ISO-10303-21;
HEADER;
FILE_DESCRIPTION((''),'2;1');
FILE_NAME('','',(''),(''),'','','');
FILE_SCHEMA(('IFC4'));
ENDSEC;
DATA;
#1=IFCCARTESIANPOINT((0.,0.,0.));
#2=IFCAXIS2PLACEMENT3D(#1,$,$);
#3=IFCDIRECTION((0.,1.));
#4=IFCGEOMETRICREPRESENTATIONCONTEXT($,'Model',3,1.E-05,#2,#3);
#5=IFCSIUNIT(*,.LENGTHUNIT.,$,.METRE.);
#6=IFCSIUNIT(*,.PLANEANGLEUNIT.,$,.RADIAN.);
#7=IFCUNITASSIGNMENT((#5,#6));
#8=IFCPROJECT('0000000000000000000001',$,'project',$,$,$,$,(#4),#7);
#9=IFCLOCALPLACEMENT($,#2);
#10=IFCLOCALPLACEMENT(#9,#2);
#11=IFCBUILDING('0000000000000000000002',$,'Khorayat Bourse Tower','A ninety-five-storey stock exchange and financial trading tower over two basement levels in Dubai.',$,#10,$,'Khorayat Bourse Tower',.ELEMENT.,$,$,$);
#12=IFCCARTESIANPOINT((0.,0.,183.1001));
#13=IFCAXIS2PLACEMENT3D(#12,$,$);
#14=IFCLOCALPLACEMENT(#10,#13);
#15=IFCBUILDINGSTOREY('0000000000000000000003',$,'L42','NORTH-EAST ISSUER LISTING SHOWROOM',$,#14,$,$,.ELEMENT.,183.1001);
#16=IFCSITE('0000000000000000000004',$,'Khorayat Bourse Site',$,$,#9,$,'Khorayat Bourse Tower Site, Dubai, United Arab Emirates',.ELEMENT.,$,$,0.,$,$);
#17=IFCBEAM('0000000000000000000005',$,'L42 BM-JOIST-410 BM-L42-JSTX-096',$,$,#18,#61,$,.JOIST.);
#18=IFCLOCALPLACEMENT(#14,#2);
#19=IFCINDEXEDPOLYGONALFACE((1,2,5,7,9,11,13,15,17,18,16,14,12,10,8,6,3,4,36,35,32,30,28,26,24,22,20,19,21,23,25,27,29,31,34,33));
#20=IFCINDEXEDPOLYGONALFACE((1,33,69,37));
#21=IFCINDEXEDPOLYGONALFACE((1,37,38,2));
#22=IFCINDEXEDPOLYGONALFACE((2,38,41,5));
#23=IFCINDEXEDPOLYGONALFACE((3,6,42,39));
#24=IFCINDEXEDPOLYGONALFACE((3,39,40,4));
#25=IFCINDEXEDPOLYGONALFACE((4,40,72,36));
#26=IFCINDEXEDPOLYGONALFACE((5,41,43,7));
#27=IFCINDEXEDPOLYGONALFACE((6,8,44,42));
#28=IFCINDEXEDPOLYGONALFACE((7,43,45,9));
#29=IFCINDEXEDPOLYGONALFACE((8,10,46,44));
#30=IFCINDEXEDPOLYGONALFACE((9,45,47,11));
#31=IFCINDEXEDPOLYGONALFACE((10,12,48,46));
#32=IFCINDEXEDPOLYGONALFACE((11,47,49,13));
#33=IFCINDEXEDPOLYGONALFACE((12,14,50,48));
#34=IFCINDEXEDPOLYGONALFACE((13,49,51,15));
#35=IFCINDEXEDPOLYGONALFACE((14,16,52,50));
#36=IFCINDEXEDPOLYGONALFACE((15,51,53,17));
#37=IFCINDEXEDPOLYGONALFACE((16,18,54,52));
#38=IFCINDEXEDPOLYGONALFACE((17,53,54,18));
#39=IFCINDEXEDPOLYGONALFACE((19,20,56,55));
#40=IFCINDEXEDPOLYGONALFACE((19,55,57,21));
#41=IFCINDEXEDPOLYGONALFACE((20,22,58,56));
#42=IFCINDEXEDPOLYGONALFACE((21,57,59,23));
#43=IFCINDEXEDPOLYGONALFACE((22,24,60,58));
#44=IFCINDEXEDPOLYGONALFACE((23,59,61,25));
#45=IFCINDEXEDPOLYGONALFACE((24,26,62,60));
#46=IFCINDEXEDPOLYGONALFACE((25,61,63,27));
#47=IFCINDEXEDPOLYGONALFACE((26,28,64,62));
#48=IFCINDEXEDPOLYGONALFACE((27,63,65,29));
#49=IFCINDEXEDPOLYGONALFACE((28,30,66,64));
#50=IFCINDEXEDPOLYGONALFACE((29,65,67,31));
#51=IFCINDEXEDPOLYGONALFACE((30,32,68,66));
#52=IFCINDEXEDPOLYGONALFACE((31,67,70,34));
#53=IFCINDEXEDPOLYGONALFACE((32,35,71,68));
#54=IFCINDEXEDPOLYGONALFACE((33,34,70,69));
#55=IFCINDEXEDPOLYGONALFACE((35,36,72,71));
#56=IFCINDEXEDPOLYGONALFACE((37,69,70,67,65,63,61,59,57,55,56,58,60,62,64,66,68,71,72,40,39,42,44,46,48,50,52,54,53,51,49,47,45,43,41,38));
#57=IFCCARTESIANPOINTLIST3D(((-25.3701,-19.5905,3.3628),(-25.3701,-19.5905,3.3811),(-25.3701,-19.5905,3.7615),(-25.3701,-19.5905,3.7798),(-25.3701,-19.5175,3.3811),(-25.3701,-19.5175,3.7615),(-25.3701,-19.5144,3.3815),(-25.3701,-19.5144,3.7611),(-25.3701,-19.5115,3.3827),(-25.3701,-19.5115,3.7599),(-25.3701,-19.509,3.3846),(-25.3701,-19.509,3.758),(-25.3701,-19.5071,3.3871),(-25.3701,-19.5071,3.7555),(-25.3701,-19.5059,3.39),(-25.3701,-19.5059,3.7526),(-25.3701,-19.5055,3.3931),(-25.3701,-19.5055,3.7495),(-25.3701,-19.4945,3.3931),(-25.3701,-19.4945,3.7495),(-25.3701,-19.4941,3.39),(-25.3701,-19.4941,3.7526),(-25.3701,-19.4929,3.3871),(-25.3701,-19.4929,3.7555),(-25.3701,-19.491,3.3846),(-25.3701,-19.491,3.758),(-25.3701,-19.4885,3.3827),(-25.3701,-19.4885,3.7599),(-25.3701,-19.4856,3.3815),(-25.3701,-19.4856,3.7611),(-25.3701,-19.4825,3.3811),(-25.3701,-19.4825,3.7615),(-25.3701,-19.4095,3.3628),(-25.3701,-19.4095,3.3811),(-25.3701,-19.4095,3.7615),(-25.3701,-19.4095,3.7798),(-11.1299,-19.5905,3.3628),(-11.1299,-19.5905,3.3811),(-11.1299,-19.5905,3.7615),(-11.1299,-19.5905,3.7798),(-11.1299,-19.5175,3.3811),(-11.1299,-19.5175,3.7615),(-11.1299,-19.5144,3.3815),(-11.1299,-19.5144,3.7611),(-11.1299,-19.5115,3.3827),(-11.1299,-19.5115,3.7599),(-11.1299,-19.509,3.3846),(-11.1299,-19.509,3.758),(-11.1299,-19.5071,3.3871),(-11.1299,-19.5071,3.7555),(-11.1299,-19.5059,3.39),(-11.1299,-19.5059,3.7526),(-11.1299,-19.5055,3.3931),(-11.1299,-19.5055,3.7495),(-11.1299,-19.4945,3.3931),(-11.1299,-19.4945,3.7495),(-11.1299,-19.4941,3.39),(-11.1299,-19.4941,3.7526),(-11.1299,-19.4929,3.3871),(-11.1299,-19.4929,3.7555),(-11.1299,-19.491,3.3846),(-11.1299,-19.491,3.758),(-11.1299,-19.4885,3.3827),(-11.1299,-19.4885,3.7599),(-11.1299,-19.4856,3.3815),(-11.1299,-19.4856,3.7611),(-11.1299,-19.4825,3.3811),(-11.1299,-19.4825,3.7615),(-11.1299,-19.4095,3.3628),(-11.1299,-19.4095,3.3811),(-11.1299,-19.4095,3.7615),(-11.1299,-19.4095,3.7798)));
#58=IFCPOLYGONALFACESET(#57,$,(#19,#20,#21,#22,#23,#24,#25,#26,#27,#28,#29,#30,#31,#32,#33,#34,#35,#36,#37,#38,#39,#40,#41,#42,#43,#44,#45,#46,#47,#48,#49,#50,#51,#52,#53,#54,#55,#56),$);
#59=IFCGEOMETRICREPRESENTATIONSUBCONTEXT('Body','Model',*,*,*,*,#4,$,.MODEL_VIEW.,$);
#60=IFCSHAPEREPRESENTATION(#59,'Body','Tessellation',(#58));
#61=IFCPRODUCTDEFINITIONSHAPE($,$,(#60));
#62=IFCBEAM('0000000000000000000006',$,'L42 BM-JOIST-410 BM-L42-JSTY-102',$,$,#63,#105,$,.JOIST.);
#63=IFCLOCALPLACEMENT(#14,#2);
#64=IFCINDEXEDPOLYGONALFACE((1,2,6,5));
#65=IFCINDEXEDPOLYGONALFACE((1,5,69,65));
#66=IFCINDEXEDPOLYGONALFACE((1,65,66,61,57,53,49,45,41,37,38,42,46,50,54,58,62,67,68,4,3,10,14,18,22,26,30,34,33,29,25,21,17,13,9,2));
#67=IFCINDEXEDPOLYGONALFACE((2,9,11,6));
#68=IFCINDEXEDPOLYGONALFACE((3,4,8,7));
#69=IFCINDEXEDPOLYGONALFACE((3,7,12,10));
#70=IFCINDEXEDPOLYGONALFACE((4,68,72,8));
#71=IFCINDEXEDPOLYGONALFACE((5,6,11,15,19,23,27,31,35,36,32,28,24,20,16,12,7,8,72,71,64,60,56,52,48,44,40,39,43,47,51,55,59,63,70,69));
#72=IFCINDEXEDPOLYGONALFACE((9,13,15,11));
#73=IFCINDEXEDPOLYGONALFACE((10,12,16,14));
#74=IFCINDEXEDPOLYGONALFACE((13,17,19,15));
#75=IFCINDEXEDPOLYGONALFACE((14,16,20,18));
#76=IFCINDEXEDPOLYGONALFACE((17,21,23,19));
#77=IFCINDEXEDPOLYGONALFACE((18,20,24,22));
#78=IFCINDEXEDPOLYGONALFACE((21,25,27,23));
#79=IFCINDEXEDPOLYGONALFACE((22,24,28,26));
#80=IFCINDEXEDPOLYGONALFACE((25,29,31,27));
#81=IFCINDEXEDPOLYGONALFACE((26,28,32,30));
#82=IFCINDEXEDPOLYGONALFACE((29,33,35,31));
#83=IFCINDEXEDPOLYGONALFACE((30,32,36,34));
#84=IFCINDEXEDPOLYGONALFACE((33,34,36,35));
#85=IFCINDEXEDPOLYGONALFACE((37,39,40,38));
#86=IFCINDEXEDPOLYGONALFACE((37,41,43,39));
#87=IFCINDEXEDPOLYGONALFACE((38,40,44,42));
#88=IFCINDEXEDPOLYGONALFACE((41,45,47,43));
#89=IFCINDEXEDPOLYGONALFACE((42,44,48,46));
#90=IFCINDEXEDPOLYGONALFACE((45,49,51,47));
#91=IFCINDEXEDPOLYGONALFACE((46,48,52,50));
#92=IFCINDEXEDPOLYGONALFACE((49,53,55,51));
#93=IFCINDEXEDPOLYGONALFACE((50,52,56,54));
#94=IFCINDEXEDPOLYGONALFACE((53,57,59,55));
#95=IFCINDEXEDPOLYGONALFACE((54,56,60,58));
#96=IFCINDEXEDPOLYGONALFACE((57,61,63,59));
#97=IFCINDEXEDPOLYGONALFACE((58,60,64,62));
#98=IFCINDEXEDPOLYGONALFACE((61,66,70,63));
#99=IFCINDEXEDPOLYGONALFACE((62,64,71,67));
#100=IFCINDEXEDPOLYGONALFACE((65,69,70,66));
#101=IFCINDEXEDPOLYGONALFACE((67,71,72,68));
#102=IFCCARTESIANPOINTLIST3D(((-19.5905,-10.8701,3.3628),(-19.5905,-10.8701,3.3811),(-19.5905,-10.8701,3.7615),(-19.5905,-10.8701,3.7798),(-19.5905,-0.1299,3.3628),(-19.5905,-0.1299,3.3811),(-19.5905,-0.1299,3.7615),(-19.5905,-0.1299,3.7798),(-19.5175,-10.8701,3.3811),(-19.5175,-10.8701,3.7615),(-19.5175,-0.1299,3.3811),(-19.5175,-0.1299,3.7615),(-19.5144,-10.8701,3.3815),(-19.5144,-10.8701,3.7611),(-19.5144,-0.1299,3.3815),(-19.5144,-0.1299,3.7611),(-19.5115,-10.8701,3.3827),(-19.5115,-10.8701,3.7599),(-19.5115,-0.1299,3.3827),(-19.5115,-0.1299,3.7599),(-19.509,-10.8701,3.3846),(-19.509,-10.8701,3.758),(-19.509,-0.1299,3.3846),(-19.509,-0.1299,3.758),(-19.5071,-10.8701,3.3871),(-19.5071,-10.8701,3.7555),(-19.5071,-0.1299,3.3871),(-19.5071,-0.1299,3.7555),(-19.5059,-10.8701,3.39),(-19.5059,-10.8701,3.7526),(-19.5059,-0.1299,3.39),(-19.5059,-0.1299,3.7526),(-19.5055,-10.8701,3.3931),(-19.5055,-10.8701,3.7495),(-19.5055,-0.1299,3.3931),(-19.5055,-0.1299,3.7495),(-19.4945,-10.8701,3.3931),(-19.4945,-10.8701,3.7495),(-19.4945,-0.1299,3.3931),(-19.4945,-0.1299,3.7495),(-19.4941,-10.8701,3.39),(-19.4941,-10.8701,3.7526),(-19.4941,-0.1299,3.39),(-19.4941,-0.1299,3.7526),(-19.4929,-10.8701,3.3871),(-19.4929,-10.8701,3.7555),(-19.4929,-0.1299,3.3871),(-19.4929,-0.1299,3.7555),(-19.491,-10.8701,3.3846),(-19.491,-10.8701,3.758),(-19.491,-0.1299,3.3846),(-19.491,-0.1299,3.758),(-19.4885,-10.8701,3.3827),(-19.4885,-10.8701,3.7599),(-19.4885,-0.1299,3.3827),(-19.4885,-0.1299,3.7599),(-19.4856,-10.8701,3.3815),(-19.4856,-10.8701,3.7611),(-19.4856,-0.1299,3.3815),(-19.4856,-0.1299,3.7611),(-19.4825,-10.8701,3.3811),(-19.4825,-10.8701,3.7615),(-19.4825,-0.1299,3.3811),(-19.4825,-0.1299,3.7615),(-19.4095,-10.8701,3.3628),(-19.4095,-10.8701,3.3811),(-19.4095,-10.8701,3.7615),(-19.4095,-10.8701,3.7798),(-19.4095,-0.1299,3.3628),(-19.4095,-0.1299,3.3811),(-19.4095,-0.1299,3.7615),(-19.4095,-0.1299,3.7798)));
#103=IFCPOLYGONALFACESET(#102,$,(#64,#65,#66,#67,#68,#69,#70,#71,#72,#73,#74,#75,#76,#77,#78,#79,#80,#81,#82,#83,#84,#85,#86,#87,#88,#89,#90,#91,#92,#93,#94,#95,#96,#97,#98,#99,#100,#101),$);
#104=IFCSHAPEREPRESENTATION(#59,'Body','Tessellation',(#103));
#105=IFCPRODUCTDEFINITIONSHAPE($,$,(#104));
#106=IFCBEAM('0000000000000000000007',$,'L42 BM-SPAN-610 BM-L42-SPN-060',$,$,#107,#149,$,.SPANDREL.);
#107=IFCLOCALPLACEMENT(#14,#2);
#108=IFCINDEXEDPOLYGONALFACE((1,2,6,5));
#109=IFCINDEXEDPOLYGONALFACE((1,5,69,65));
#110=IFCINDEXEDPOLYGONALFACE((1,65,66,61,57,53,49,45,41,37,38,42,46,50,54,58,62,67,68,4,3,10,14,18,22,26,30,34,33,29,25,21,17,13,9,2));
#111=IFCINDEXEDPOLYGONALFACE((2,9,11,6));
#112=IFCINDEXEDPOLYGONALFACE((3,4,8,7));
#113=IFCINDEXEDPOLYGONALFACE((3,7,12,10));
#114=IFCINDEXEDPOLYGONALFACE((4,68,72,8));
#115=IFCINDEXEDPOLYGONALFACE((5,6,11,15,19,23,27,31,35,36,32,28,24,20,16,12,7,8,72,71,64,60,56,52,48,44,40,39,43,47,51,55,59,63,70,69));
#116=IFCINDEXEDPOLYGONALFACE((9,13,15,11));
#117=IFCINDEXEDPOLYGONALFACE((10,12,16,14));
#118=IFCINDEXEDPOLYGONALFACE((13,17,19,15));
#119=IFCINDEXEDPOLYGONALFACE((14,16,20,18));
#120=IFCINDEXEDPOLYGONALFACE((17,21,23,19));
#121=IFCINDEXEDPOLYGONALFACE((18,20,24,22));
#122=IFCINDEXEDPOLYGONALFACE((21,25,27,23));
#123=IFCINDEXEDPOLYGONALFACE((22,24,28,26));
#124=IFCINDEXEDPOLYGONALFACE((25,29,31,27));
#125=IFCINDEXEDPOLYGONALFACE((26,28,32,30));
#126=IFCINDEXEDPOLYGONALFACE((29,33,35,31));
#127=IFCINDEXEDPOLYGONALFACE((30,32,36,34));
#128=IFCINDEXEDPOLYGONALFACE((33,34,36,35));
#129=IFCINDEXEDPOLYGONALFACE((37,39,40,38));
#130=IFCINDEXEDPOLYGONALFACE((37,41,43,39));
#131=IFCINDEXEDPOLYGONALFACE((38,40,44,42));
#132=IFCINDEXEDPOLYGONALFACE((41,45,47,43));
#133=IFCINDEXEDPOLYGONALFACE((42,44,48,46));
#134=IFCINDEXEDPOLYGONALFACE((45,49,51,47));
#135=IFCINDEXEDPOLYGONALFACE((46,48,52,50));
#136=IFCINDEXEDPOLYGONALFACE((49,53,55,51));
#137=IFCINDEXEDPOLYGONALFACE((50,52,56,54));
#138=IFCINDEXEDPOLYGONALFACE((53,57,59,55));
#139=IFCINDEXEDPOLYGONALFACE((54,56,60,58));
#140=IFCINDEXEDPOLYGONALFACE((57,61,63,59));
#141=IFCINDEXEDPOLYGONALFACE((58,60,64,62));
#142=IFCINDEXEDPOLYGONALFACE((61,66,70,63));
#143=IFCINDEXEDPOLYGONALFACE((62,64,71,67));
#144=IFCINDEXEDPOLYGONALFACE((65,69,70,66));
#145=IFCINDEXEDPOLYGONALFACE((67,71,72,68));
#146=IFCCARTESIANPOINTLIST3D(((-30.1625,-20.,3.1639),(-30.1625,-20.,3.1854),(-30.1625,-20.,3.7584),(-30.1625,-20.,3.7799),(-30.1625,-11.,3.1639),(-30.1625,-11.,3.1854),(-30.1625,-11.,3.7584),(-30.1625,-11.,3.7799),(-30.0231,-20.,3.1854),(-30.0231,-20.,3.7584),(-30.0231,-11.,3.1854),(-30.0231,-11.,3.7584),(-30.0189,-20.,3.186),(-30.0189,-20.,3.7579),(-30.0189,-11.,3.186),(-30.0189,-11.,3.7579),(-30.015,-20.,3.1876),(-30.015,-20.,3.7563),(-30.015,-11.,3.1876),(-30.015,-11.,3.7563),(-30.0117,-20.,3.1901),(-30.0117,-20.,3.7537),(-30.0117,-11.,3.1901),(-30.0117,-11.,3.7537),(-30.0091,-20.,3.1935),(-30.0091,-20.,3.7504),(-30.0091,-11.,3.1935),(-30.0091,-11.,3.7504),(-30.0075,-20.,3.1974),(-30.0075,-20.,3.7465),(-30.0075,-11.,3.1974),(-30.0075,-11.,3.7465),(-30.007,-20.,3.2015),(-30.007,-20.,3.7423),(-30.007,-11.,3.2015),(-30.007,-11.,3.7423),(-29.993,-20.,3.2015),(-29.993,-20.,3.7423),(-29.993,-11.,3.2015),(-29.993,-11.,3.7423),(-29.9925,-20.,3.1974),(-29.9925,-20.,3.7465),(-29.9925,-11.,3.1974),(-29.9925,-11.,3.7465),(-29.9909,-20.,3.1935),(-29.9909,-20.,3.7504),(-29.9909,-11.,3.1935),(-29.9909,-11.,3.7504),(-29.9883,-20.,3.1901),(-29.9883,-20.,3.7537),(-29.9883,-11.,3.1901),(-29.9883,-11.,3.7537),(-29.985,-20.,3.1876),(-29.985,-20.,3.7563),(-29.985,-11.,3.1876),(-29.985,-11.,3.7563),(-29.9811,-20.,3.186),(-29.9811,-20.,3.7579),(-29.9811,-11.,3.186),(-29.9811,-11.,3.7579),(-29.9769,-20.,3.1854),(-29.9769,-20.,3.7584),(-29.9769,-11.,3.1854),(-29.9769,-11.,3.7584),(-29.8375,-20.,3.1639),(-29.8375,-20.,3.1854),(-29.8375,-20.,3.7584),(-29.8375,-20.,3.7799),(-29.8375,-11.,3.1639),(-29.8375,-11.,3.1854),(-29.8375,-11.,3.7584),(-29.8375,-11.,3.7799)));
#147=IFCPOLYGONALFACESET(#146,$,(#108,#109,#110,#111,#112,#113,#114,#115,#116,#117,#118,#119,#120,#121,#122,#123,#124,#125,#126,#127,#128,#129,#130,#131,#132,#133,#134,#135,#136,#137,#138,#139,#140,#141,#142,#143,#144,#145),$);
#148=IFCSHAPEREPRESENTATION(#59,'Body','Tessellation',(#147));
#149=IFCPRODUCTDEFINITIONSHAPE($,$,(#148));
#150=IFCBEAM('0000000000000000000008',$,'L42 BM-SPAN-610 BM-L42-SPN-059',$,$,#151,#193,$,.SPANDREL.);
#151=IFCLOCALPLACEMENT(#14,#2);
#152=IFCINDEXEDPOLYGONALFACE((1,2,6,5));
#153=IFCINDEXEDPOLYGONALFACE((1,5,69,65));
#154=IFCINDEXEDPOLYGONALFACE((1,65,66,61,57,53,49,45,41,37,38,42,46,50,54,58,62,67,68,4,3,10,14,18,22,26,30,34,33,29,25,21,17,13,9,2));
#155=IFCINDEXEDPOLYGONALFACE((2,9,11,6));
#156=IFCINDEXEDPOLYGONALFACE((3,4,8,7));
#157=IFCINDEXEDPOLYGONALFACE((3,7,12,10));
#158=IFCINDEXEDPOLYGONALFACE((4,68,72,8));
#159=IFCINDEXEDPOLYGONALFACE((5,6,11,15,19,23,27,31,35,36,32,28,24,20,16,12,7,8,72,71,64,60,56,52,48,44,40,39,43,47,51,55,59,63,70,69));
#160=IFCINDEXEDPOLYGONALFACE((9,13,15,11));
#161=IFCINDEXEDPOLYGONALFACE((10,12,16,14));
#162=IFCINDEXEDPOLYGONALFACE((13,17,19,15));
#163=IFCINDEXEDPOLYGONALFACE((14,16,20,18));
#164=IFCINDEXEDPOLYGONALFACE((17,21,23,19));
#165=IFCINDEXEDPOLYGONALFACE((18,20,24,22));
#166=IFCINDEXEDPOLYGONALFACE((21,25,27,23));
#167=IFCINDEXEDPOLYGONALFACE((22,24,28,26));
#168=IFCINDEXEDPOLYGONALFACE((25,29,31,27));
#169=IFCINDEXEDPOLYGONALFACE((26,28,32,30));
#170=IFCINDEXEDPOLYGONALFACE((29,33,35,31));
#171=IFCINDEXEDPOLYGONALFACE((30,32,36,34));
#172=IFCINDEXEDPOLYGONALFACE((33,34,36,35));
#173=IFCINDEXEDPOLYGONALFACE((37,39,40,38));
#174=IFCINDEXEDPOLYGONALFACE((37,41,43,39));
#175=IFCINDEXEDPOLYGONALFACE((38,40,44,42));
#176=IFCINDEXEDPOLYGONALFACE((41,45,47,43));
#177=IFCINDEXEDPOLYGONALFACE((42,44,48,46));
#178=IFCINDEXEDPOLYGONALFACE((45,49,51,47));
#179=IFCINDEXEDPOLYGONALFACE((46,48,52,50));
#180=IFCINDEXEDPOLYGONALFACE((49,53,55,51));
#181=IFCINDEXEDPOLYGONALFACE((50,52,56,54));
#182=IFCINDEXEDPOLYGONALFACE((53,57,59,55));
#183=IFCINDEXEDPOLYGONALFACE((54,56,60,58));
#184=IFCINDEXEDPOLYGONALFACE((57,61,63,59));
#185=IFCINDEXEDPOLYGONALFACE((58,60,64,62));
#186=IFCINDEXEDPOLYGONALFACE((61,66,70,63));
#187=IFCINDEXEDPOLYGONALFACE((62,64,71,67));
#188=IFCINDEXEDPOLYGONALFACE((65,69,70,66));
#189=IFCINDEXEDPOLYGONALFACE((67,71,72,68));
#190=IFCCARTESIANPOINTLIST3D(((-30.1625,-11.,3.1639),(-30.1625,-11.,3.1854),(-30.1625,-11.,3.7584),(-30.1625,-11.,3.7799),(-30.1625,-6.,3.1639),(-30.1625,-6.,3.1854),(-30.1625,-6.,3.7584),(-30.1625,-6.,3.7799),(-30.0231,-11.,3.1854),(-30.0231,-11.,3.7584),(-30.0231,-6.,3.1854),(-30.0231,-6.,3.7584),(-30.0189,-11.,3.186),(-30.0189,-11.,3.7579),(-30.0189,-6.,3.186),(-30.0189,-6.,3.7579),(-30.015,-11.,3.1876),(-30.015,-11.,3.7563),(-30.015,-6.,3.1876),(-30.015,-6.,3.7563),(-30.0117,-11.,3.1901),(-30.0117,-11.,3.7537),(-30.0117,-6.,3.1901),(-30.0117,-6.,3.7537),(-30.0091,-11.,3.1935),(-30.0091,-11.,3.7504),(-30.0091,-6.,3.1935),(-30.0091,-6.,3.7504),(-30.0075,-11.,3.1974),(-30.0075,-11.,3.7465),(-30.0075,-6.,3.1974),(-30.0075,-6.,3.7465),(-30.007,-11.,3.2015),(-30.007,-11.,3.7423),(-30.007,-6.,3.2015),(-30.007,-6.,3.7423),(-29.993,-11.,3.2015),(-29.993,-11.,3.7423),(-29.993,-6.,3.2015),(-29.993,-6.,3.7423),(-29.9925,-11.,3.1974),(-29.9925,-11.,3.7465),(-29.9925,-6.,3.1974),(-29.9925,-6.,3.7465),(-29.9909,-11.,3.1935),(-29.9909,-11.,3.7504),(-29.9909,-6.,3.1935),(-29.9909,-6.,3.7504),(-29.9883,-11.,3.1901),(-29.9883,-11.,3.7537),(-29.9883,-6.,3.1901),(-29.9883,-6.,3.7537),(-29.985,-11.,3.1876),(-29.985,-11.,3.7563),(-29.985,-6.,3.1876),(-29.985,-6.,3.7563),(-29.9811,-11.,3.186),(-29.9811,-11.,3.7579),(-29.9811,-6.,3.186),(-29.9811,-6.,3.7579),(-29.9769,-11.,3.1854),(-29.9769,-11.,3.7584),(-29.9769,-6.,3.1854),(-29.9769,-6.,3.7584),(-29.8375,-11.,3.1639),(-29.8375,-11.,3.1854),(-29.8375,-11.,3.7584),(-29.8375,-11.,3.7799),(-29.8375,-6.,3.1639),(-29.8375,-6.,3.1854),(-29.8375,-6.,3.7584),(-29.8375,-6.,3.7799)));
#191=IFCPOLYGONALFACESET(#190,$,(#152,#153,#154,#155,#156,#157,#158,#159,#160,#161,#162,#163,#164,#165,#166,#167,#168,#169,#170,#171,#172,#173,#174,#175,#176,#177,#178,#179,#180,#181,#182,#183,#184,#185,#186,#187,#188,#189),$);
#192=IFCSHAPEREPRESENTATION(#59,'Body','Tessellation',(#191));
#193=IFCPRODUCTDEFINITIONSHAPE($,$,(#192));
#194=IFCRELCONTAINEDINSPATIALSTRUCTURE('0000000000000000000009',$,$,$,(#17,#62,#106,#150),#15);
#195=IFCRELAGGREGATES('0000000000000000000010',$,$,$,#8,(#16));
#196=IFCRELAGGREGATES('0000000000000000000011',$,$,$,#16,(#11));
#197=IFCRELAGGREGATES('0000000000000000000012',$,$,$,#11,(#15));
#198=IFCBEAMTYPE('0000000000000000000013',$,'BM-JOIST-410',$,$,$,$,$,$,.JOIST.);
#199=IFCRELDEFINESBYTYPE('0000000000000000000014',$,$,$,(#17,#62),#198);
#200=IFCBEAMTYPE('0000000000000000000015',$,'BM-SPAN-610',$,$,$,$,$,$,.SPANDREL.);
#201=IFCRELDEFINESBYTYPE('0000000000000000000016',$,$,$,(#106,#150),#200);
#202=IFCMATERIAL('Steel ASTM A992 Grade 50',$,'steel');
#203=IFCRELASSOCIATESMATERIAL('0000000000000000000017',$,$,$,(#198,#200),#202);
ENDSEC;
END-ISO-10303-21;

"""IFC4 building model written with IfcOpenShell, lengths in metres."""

from ifc_helpers import new_model, si_unit, direction, frame, origin, origin_2d, place, context, subcontext, project, spatial, i_section, extrude, source, transform, mapped, material, material_profile, profile_set, type_object, element, save


model = new_model("IFC4")

# Units and contexts
model_context = context("Model", 3, precision=1e-05, world=origin(), true_north=direction((0.0, 1.0)))
body_context = subcontext(model_context, "Body", "Model", "MODEL_VIEW")
ifc_project = project(units=[si_unit("LENGTHUNIT", "METRE"), si_unit("PLANEANGLEUNIT", "RADIAN")], contexts=[model_context])

# Site, building, storey
site_placement = place(None, origin())
site = spatial("IfcSite", under=ifc_project, at=site_placement, Name="Khorayat Bourse Site", LongName="Khorayat Bourse Tower Site, Dubai, United Arab Emirates", CompositionType="ELEMENT", RefElevation=0.0)
building_placement = place(site_placement, origin())
building = spatial("IfcBuilding", under=site, at=building_placement, Name="Khorayat Bourse Tower", Description="A ninety-five-storey stock exchange and financial trading tower over two basement levels in Dubai.", LongName="Khorayat Bourse Tower", CompositionType="ELEMENT")
storey_placement = place(building_placement, frame((0.0, 0.0, 183.1001)))
storey = spatial("IfcBuildingStorey", under=building, at=storey_placement, Name="L42", Description="NORTH-EAST ISSUER LISTING SHOWROOM", CompositionType="ELEMENT", Elevation=183.1001)

# Beams
ifc_material_1 = material(Name="Steel ASTM A992 Grade 50", Category="steel")
ifc_material_profile_1 = material_profile(ifc_material_1, i_section(OverallWidth=0.1809, OverallDepth=0.417, WebThickness=0.011, FlangeThickness=0.0183, FilletRadius=0.012, at=origin_2d()), Name="W410X85")
ifc_profile_set_1 = profile_set([ifc_material_profile_1], Name="Steel ASTM A992 Grade 50")
beam_type_1 = type_object("IfcBeamType", Name="BM-JOIST-410", PredefinedType="JOIST", material=ifc_profile_set_1)
shared_shape_1 = source(origin(), body_context, "Body", "SweptSolid", [
    extrude(i_section(OverallWidth=0.1809, OverallDepth=0.417, WebThickness=0.011, FlangeThickness=0.0183, FilletRadius=0.012, at=origin_2d()), origin(), (0.0, 0.0, 1.0), 14.2402),
])
beam_1_placement = place(storey_placement, frame((-25.3701, -19.5, 3.5713), z_axis=(1.0, 0.0, 0.0), x_axis=(0.0, 1.0, 0.0)))
element("IfcBeam", 1, at=beam_1_placement, inside=storey, type_object=beam_type_1, Name="L42 BM-JOIST-410 BM-L42-JSTX-096", PredefinedType="JOIST", context=body_context, shape_type="MappedRepresentation", body=[
    mapped(shared_shape_1, transform((0.0, 0.0, 0.0), scale=1.0)),
])
shared_shape_2 = source(origin(), body_context, "Body", "SweptSolid", [
    extrude(i_section(OverallWidth=0.1809, OverallDepth=0.417, WebThickness=0.011, FlangeThickness=0.0183, FilletRadius=0.012, at=origin_2d()), origin(), (0.0, 0.0, 1.0), 10.7402),
])
beam_2_placement = place(storey_placement, frame((-19.5, -10.8701, 3.5713), z_axis=(0.0, 1.0, 0.0), x_axis=(-1.0, 0.0, 0.0)))
element("IfcBeam", 2, at=beam_2_placement, inside=storey, type_object=beam_type_1, Name="L42 BM-JOIST-410 BM-L42-JSTY-102", PredefinedType="JOIST", context=body_context, shape_type="MappedRepresentation", body=[
    mapped(shared_shape_2, transform((0.0, 0.0, 0.0), scale=1.0)),
])
ifc_material_profile_2 = material_profile(ifc_material_1, i_section(OverallWidth=0.325, OverallDepth=0.616, WebThickness=0.0139, FlangeThickness=0.0215, FilletRadius=0.0161, at=origin_2d()), Name="W610X174")
ifc_profile_set_2 = profile_set([ifc_material_profile_2], Name="Steel ASTM A992 Grade 50")
beam_type_2 = type_object("IfcBeamType", Name="BM-SPAN-610", PredefinedType="SPANDREL", material=ifc_profile_set_2)
shared_shape_3 = source(origin(), body_context, "Body", "SweptSolid", [
    extrude(i_section(OverallWidth=0.325, OverallDepth=0.616, WebThickness=0.0139, FlangeThickness=0.0215, FilletRadius=0.0161, at=origin_2d()), origin(), (0.0, 0.0, 1.0), 9.0),
])
beam_3_placement = place(storey_placement, frame((-30.0, -20.0, 3.4719), z_axis=(0.0, 1.0, 0.0), x_axis=(-1.0, 0.0, 0.0)))
element("IfcBeam", 3, at=beam_3_placement, inside=storey, type_object=beam_type_2, Name="L42 BM-SPAN-610 BM-L42-SPN-060", PredefinedType="SPANDREL", context=body_context, shape_type="MappedRepresentation", body=[
    mapped(shared_shape_3, transform((0.0, 0.0, 0.0), scale=1.0)),
])
shared_shape_4 = source(origin(), body_context, "Body", "SweptSolid", [
    extrude(i_section(OverallWidth=0.325, OverallDepth=0.616, WebThickness=0.0139, FlangeThickness=0.0215, FilletRadius=0.0161, at=origin_2d()), origin(), (0.0, 0.0, 1.0), 5.0),
])
beam_4_placement = place(storey_placement, frame((-30.0, -11.0, 3.4719), z_axis=(0.0, 1.0, 0.0), x_axis=(-1.0, 0.0, 0.0)))
element("IfcBeam", 4, at=beam_4_placement, inside=storey, type_object=beam_type_2, Name="L42 BM-SPAN-610 BM-L42-SPN-059", PredefinedType="SPANDREL", context=body_context, shape_type="MappedRepresentation", body=[
    mapped(shared_shape_4, transform((0.0, 0.0, 0.0), scale=1.0)),
])

save(model, "model.ifc")
